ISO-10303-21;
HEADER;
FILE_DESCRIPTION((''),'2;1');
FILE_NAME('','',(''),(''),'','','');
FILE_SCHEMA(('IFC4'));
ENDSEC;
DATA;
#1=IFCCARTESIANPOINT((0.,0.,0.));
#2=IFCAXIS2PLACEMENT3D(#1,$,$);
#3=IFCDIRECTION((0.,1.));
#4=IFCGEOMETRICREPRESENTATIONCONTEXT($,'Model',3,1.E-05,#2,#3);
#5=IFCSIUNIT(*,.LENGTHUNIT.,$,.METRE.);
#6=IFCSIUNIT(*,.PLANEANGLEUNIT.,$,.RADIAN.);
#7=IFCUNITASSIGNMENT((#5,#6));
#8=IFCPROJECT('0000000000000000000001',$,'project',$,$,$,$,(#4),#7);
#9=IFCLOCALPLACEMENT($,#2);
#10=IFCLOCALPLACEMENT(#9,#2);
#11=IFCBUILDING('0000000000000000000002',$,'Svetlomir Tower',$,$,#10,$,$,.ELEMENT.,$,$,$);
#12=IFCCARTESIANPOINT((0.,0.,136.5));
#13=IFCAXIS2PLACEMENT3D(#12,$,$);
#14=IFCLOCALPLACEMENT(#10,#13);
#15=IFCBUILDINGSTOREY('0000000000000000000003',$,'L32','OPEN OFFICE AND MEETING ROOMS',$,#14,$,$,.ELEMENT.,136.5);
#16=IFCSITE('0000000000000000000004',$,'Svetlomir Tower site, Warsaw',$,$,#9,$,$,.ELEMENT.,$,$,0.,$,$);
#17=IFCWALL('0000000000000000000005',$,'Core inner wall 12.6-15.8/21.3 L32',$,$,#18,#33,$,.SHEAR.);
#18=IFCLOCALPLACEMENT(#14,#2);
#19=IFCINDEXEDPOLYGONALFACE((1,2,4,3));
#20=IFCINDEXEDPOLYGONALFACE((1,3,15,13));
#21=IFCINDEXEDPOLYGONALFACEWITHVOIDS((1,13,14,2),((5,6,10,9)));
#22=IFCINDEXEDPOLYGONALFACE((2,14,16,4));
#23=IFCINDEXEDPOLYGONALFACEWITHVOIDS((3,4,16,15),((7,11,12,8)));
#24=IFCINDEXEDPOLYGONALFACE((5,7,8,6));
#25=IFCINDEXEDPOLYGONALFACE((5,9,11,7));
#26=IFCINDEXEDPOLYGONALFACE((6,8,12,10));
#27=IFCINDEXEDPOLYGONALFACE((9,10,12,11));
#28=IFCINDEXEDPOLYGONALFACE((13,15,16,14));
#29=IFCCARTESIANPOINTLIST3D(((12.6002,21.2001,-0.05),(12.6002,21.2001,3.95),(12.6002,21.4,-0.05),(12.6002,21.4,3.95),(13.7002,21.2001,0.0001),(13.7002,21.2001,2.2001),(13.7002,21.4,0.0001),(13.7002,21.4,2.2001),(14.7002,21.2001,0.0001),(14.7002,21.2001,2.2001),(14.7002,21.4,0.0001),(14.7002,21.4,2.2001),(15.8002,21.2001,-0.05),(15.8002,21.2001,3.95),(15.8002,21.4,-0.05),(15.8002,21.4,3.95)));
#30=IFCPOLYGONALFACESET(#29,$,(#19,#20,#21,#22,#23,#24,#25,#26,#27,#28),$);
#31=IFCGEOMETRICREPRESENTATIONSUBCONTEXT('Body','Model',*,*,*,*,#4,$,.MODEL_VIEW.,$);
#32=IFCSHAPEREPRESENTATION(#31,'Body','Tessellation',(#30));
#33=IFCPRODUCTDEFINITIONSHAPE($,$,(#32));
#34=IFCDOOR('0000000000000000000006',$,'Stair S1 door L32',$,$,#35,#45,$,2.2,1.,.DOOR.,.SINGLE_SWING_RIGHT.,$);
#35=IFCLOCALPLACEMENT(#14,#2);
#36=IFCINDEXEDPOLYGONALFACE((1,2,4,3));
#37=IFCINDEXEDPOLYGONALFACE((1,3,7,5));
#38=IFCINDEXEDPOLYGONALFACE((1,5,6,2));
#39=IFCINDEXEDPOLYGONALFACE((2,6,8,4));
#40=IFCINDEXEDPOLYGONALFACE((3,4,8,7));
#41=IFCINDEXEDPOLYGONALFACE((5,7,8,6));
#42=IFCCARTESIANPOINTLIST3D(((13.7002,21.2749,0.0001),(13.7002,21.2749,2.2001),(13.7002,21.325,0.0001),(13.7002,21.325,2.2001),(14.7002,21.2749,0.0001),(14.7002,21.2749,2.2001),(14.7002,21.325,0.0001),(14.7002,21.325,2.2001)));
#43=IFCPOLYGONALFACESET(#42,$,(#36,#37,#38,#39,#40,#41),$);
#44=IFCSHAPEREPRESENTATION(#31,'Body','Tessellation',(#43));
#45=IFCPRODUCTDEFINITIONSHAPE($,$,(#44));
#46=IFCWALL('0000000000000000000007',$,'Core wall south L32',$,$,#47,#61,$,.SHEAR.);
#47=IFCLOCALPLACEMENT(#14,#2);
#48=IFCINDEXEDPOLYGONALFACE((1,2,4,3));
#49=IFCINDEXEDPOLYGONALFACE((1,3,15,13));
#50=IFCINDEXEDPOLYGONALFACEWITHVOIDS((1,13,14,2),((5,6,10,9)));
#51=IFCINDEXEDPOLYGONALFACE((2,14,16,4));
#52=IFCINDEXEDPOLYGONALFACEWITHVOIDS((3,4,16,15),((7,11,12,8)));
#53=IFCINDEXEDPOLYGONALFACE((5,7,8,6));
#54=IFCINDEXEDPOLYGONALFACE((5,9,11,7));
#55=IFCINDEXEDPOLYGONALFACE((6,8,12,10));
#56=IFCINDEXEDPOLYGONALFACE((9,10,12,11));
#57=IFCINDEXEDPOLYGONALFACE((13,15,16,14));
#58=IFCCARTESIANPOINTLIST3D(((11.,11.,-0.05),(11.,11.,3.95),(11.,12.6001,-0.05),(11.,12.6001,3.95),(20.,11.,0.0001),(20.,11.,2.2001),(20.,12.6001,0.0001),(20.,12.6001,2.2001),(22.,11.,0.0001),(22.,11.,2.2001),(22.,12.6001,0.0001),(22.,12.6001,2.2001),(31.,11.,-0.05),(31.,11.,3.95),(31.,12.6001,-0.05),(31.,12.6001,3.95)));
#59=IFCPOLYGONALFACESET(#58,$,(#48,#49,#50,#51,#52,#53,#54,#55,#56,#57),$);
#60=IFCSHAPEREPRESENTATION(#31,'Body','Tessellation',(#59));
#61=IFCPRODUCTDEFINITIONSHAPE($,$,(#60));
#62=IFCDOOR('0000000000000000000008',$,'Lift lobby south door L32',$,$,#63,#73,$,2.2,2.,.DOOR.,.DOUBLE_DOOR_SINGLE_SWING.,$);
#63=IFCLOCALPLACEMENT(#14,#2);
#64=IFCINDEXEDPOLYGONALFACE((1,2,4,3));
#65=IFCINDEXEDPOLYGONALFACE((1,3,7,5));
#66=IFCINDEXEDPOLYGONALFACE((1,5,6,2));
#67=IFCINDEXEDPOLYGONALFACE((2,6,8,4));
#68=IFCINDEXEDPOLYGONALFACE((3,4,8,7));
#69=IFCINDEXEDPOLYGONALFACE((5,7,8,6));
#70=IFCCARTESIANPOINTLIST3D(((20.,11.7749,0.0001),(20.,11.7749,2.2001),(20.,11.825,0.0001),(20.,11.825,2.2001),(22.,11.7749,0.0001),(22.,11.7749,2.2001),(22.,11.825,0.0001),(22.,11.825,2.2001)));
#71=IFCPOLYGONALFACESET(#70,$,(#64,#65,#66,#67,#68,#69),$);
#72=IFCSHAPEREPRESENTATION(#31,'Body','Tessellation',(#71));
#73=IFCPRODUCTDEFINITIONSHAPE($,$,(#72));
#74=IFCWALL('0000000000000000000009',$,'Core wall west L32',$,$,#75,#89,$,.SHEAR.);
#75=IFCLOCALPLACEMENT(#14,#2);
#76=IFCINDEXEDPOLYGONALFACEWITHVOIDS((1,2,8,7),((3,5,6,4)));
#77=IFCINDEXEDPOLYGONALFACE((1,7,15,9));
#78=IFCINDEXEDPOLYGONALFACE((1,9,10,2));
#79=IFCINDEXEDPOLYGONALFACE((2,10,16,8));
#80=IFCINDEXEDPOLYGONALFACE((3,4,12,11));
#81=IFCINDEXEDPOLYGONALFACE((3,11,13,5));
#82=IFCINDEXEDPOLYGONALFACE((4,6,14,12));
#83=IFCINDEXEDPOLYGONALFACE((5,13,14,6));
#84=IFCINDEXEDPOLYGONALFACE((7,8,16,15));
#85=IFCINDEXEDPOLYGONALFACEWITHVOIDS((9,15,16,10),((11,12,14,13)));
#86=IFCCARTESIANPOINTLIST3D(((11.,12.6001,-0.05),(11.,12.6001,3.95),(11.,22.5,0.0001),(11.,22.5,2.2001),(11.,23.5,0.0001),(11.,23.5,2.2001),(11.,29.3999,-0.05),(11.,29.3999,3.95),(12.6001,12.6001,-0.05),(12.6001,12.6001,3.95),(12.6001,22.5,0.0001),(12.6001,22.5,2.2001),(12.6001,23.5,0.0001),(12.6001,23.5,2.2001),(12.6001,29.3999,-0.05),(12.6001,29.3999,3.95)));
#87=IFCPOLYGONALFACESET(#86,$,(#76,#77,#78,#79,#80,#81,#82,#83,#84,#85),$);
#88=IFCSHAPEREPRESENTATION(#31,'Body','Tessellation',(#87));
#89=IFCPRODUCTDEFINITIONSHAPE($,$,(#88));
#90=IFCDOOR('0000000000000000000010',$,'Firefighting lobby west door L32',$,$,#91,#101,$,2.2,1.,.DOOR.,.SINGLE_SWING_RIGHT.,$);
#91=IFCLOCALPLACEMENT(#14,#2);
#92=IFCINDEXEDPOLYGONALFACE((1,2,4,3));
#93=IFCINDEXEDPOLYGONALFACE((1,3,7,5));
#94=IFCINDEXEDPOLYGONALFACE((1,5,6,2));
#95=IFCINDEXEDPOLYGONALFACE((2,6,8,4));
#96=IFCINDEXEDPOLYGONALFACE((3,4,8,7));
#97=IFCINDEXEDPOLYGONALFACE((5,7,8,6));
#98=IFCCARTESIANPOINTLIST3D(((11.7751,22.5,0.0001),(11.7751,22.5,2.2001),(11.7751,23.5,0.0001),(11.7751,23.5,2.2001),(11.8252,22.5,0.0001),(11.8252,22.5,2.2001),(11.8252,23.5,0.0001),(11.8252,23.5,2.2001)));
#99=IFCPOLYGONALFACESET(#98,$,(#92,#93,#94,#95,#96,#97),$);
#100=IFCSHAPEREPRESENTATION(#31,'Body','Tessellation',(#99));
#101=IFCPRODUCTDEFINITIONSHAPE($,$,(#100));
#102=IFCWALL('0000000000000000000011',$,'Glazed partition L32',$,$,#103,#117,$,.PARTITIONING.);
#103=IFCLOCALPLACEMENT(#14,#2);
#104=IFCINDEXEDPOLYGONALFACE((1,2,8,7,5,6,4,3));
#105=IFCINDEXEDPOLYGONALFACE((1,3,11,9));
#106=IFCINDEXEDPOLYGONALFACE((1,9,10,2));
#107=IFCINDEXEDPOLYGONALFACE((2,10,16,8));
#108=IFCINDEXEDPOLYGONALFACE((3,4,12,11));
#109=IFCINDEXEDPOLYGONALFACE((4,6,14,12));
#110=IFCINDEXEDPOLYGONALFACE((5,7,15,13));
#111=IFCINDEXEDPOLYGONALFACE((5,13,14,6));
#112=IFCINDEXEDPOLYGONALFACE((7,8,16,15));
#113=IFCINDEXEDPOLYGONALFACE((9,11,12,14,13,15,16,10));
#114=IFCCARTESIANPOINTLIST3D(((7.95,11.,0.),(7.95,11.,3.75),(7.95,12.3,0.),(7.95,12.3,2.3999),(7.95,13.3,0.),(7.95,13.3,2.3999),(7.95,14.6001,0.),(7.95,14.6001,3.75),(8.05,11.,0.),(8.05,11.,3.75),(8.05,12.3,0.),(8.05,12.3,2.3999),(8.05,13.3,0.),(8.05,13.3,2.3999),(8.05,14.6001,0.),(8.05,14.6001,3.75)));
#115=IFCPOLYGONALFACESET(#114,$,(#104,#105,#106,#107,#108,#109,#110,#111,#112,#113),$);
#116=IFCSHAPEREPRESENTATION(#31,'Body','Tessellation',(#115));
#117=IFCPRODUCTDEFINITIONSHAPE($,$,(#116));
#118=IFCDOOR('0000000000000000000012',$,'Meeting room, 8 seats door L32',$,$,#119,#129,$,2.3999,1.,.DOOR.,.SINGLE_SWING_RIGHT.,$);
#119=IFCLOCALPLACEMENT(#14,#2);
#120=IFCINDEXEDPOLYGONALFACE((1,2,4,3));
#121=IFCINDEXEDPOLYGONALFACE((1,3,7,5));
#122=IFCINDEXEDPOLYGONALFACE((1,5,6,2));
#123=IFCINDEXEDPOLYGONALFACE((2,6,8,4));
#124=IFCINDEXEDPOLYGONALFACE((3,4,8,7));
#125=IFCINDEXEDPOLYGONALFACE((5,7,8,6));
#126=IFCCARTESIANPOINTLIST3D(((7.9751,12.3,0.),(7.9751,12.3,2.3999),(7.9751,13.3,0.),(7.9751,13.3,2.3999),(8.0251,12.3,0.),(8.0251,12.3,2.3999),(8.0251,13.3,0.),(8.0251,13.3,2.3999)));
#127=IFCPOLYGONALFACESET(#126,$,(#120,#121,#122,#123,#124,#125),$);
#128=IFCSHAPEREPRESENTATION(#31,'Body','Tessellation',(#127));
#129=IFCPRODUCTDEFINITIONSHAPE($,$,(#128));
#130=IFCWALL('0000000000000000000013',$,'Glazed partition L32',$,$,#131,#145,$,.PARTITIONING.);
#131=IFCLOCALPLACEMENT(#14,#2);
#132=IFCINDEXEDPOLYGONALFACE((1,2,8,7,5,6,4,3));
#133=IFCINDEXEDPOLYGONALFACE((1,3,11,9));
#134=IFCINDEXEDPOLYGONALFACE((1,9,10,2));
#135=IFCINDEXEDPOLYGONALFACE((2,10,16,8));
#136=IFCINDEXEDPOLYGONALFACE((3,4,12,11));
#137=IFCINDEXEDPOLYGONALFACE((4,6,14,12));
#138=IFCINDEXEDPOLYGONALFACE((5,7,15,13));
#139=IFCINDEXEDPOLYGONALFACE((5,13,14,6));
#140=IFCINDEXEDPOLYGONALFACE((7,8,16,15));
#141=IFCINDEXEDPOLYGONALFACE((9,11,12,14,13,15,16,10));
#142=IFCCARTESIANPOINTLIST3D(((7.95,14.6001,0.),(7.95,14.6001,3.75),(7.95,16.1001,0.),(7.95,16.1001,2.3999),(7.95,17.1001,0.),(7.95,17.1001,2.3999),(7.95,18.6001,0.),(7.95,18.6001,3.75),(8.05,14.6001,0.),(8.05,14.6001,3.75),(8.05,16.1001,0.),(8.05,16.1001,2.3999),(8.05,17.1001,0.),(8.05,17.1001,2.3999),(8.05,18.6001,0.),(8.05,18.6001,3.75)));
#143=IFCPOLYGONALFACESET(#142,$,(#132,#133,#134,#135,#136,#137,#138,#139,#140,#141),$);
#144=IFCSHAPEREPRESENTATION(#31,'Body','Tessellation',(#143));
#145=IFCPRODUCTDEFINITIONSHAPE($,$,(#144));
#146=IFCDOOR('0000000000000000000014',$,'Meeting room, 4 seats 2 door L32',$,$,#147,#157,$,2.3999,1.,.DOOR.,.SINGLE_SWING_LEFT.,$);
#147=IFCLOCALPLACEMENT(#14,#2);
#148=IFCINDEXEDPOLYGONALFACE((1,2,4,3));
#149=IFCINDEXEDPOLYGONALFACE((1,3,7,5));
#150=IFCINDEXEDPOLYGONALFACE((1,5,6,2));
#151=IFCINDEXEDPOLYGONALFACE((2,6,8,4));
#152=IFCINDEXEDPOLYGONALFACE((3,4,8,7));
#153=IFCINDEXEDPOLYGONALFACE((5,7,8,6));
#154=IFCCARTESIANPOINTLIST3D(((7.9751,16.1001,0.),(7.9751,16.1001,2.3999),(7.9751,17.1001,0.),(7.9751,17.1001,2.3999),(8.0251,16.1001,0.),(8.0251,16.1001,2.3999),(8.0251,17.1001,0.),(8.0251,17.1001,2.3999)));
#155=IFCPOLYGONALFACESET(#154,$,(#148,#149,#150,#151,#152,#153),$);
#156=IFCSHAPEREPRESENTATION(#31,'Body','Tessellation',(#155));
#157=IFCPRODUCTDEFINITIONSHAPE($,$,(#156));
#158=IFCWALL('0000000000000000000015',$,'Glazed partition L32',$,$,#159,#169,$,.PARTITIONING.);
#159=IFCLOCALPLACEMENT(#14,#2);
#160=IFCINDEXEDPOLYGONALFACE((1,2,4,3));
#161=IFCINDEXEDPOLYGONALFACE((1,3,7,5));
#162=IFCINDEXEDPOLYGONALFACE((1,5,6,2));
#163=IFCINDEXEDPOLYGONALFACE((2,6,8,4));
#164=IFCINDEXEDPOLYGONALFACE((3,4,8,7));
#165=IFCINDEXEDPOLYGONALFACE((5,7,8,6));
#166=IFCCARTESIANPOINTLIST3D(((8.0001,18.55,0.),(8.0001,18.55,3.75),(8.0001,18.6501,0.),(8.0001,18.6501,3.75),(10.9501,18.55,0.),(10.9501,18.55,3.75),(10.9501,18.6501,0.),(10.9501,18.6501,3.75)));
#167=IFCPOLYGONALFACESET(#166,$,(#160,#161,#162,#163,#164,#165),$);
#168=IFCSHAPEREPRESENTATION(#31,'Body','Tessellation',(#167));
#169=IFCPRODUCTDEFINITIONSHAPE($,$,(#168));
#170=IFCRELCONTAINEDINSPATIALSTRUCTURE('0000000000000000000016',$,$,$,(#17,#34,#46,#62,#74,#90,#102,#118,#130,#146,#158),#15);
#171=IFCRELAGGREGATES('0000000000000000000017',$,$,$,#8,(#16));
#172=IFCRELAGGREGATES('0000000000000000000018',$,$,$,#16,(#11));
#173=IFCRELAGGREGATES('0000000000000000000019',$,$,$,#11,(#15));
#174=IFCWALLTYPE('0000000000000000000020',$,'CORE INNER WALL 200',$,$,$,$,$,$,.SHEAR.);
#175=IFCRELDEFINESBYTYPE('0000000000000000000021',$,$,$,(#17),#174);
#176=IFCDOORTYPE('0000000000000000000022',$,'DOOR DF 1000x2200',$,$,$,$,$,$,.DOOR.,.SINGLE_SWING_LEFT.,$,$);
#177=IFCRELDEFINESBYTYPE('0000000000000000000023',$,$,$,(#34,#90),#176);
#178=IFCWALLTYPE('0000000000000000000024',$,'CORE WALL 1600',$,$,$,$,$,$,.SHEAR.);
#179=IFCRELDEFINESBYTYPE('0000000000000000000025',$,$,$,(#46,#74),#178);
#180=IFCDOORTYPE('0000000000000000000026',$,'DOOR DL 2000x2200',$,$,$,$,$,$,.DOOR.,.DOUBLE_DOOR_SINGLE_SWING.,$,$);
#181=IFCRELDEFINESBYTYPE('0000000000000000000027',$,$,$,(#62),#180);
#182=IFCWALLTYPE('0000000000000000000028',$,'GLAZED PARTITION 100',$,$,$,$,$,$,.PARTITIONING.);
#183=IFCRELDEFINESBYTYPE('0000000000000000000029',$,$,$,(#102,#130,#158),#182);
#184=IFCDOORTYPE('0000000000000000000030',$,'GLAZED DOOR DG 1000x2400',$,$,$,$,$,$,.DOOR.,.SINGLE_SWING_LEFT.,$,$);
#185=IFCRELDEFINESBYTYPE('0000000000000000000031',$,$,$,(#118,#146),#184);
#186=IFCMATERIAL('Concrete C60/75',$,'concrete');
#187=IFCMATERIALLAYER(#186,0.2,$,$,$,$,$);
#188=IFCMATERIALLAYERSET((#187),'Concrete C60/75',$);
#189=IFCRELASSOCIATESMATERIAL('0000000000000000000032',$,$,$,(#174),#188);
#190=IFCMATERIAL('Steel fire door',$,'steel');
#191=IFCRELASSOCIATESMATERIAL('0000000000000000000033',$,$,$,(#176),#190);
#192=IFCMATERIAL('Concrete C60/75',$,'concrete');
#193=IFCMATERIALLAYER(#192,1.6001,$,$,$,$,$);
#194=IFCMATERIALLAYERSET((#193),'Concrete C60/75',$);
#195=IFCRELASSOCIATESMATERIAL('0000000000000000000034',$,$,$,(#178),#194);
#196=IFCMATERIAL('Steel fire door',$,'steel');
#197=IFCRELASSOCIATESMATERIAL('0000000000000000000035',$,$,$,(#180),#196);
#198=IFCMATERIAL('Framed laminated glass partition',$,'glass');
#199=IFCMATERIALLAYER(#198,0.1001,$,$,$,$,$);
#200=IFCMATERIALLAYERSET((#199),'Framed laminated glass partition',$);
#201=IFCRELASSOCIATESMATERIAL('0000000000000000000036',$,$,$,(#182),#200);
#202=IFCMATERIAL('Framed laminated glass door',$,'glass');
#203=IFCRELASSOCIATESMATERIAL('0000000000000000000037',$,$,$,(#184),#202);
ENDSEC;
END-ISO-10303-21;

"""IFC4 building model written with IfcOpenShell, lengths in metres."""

from ifc_helpers import new_model, si_unit, direction, frame, frame_2d, origin, place, context, subcontext, project, spatial, rectangle, extrude, material, layer, layer_set, type_object, element, fill, save


model = new_model("IFC4")

# Units and contexts
model_context = context("Model", 3, precision=1e-05, world=origin(), true_north=direction((0.0, 1.0)))
body_context = subcontext(model_context, "Body", "Model", "MODEL_VIEW")
ifc_project = project(units=[si_unit("LENGTHUNIT", "METRE"), si_unit("PLANEANGLEUNIT", "RADIAN")], contexts=[model_context])

# Site, building, storey
site_placement = place(None, origin())
site = spatial("IfcSite", under=ifc_project, at=site_placement, Name="Svetlomir Tower site, Warsaw", CompositionType="ELEMENT", RefElevation=0.0)
building_placement = place(site_placement, origin())
building = spatial("IfcBuilding", under=site, at=building_placement, Name="Svetlomir Tower", CompositionType="ELEMENT")
storey_placement = place(building_placement, frame((0.0, 0.0, 136.5)))
storey = spatial("IfcBuildingStorey", under=building, at=storey_placement, Name="L32", Description="OPEN OFFICE AND MEETING ROOMS", CompositionType="ELEMENT", Elevation=136.5)

# Walls, openings, doors
ifc_material_1 = material(Name="Concrete C60/75", Category="concrete")
ifc_layer_1 = layer(ifc_material_1, 0.2)
ifc_layer_set_1 = layer_set([ifc_layer_1], Name="Concrete C60/75")
wall_type_1 = type_object("IfcWallType", Name="CORE INNER WALL 200", PredefinedType="SHEAR", material=ifc_layer_set_1)
wall_1_placement = place(storey_placement, frame((12.6001, 21.3, -0.05), z_axis=(0.0, 0.0, 1.0), x_axis=(1.0, 0.0, 0.0)))
wall_1 = element("IfcWall", 1, at=wall_1_placement, inside=storey, type_object=wall_type_1, Name="Core inner wall 12.6-15.8/21.3 L32", PredefinedType="SHEAR", context=body_context, shape_type="SweptSolid", body=[
    extrude(rectangle(XDim=3.2, YDim=0.2, at=frame_2d((1.6001, 0.0))), origin(), (0.0, 0.0, 1.0), 4.0),
])
opening_1_placement = place(wall_1_placement, frame((1.1001, 0.0, 0.05)))
opening_1 = element("IfcOpeningElement", 2, at=opening_1_placement, cuts=wall_1, PredefinedType="OPENING", context=body_context, shape_type="SweptSolid", body=[
    extrude(rectangle(XDim=1.0, YDim=2.2, at=frame_2d((0.5, 1.1001))), frame((0.0, 0.1099, 0.0), z_axis=(0.0, -1.0, 0.0), x_axis=(1.0, 0.0, 0.0)), (0.0, 0.0, 1.0), 0.22),
])
ifc_material_2 = material(Name="Steel fire door", Category="steel")
door_type_1 = type_object("IfcDoorType", Name="DOOR DF 1000x2200", OperationType="SINGLE_SWING_LEFT", PredefinedType="DOOR", material=ifc_material_2)
door_1_placement = place(opening_1_placement, origin())
door_1 = element("IfcDoor", 3, at=door_1_placement, inside=storey, type_object=door_type_1, Name="Stair S1 door L32", OperationType="SINGLE_SWING_RIGHT", OverallHeight=2.2, OverallWidth=1.0, PredefinedType="DOOR", context=body_context, shape_type="SweptSolid", body=[
    extrude(rectangle(XDim=1.0, YDim=2.2, at=frame_2d((0.5, 1.1001))), frame((0.0, 0.0249, 0.0), z_axis=(0.0, -1.0, 0.0), x_axis=(1.0, 0.0, 0.0)), (0.0, 0.0, 1.0), 0.05),
])
fill(opening_1, door_1)
ifc_material_3 = material(Name="Concrete C60/75", Category="concrete")
ifc_layer_2 = layer(ifc_material_3, 1.6001)
ifc_layer_set_2 = layer_set([ifc_layer_2], Name="Concrete C60/75")
wall_type_2 = type_object("IfcWallType", Name="CORE WALL 1600", PredefinedType="SHEAR", material=ifc_layer_set_2)
wall_2_placement = place(storey_placement, frame((11.0, 11.8, -0.05), z_axis=(0.0, 0.0, 1.0), x_axis=(1.0, 0.0, 0.0)))
wall_2 = element("IfcWall", 4, at=wall_2_placement, inside=storey, type_object=wall_type_2, Name="Core wall south L32", PredefinedType="SHEAR", context=body_context, shape_type="SweptSolid", body=[
    extrude(rectangle(XDim=20.0, YDim=1.6001, at=frame_2d((10.0, 0.0))), origin(), (0.0, 0.0, 1.0), 4.0),
])
opening_2_placement = place(wall_2_placement, frame((9.0, 0.0, 0.05)))
opening_2 = element("IfcOpeningElement", 5, at=opening_2_placement, cuts=wall_2, PredefinedType="OPENING", context=body_context, shape_type="SweptSolid", body=[
    extrude(rectangle(XDim=2.0, YDim=2.2, at=frame_2d((1.0, 1.1001))), frame((0.0, 0.8101, 0.0), z_axis=(0.0, -1.0, 0.0), x_axis=(1.0, 0.0, 0.0)), (0.0, 0.0, 1.0), 1.6201),
])
ifc_material_4 = material(Name="Steel fire door", Category="steel")
door_type_2 = type_object("IfcDoorType", Name="DOOR DL 2000x2200", OperationType="DOUBLE_DOOR_SINGLE_SWING", PredefinedType="DOOR", material=ifc_material_4)
door_2_placement = place(opening_2_placement, origin())
door_2 = element("IfcDoor", 6, at=door_2_placement, inside=storey, type_object=door_type_2, Name="Lift lobby south door L32", OperationType="DOUBLE_DOOR_SINGLE_SWING", OverallHeight=2.2, OverallWidth=2.0, PredefinedType="DOOR", context=body_context, shape_type="SweptSolid", body=[
    extrude(rectangle(XDim=2.0, YDim=2.2, at=frame_2d((1.0, 1.1001))), frame((0.0, 0.0249, 0.0), z_axis=(0.0, -1.0, 0.0), x_axis=(1.0, 0.0, 0.0)), (0.0, 0.0, 1.0), 0.05),
])
fill(opening_2, door_2)
wall_3_placement = place(storey_placement, frame((11.8, 12.6001, -0.05), z_axis=(0.0, 0.0, 1.0), x_axis=(0.0, 1.0, 0.0)))
wall_3 = element("IfcWall", 7, at=wall_3_placement, inside=storey, type_object=wall_type_2, Name="Core wall west L32", PredefinedType="SHEAR", context=body_context, shape_type="SweptSolid", body=[
    extrude(rectangle(XDim=16.7998, YDim=1.6001, at=frame_2d((8.3999, 0.0))), origin(), (0.0, 0.0, 1.0), 4.0),
])
opening_3_placement = place(wall_3_placement, frame((9.8999, 0.0, 0.05)))
opening_3 = element("IfcOpeningElement", 8, at=opening_3_placement, cuts=wall_3, PredefinedType="OPENING", context=body_context, shape_type="SweptSolid", body=[
    extrude(rectangle(XDim=1.0, YDim=2.2, at=frame_2d((0.5, 1.1001))), frame((0.0, 0.8101, 0.0), z_axis=(0.0, -1.0, 0.0), x_axis=(1.0, 0.0, 0.0)), (0.0, 0.0, 1.0), 1.6201),
])
door_3_placement = place(opening_3_placement, origin())
door_3 = element("IfcDoor", 9, at=door_3_placement, inside=storey, type_object=door_type_1, Name="Firefighting lobby west door L32", OperationType="SINGLE_SWING_RIGHT", OverallHeight=2.2, OverallWidth=1.0, PredefinedType="DOOR", context=body_context, shape_type="SweptSolid", body=[
    extrude(rectangle(XDim=1.0, YDim=2.2, at=frame_2d((0.5, 1.1001))), frame((0.0, 0.0249, 0.0), z_axis=(0.0, -1.0, 0.0), x_axis=(1.0, 0.0, 0.0)), (0.0, 0.0, 1.0), 0.05),
])
fill(opening_3, door_3)
ifc_material_5 = material(Name="Framed laminated glass partition", Category="glass")
ifc_layer_3 = layer(ifc_material_5, 0.1001)
ifc_layer_set_3 = layer_set([ifc_layer_3], Name="Framed laminated glass partition")
wall_type_3 = type_object("IfcWallType", Name="GLAZED PARTITION 100", PredefinedType="PARTITIONING", material=ifc_layer_set_3)
wall_4_placement = place(storey_placement, frame((8.0, 11.0, 0.0), z_axis=(0.0, 0.0, 1.0), x_axis=(0.0, 1.0, 0.0)))
wall_4 = element("IfcWall", 10, at=wall_4_placement, inside=storey, type_object=wall_type_3, Name="Glazed partition L32", PredefinedType="PARTITIONING", context=body_context, shape_type="SweptSolid", body=[
    extrude(rectangle(XDim=3.6001, YDim=0.1001, at=frame_2d((1.8, 0.0))), origin(), (0.0, 0.0, 1.0), 3.75),
])
opening_4_placement = place(wall_4_placement, frame((1.3, 0.0, 0.0)))
opening_4 = element("IfcOpeningElement", 11, at=opening_4_placement, cuts=wall_4, PredefinedType="OPENING", context=body_context, shape_type="SweptSolid", body=[
    extrude(rectangle(XDim=1.0, YDim=2.3999, at=frame_2d((0.5, 1.2))), frame((0.0, 0.0601, 0.0), z_axis=(0.0, -1.0, 0.0), x_axis=(1.0, 0.0, 0.0)), (0.0, 0.0, 1.0), 0.1201),
])
ifc_material_6 = material(Name="Framed laminated glass door", Category="glass")
door_type_3 = type_object("IfcDoorType", Name="GLAZED DOOR DG 1000x2400", OperationType="SINGLE_SWING_LEFT", PredefinedType="DOOR", material=ifc_material_6)
door_4_placement = place(opening_4_placement, origin())
door_4 = element("IfcDoor", 12, at=door_4_placement, inside=storey, type_object=door_type_3, Name="Meeting room, 8 seats door L32", OperationType="SINGLE_SWING_RIGHT", OverallHeight=2.3999, OverallWidth=1.0, PredefinedType="DOOR", context=body_context, shape_type="SweptSolid", body=[
    extrude(rectangle(XDim=1.0, YDim=2.3999, at=frame_2d((0.5, 1.2))), frame((0.0, 0.0249, 0.0), z_axis=(0.0, -1.0, 0.0), x_axis=(1.0, 0.0, 0.0)), (0.0, 0.0, 1.0), 0.05),
])
fill(opening_4, door_4)
wall_5_placement = place(storey_placement, frame((8.0, 14.6001, 0.0), z_axis=(0.0, 0.0, 1.0), x_axis=(0.0, 1.0, 0.0)))
wall_5 = element("IfcWall", 13, at=wall_5_placement, inside=storey, type_object=wall_type_3, Name="Glazed partition L32", PredefinedType="PARTITIONING", context=body_context, shape_type="SweptSolid", body=[
    extrude(rectangle(XDim=4.0, YDim=0.1001, at=frame_2d((2.0, 0.0))), origin(), (0.0, 0.0, 1.0), 3.75),
])
opening_5_placement = place(wall_5_placement, frame((1.5, 0.0, 0.0)))
opening_5 = element("IfcOpeningElement", 14, at=opening_5_placement, cuts=wall_5, PredefinedType="OPENING", context=body_context, shape_type="SweptSolid", body=[
    extrude(rectangle(XDim=1.0, YDim=2.3999, at=frame_2d((0.5, 1.2))), frame((0.0, 0.0601, 0.0), z_axis=(0.0, -1.0, 0.0), x_axis=(1.0, 0.0, 0.0)), (0.0, 0.0, 1.0), 0.1201),
])
door_5_placement = place(opening_5_placement, origin())
door_5 = element("IfcDoor", 15, at=door_5_placement, inside=storey, type_object=door_type_3, Name="Meeting room, 4 seats 2 door L32", OperationType="SINGLE_SWING_LEFT", OverallHeight=2.3999, OverallWidth=1.0, PredefinedType="DOOR", context=body_context, shape_type="SweptSolid", body=[
    extrude(rectangle(XDim=1.0, YDim=2.3999, at=frame_2d((0.5, 1.2))), frame((0.0, 0.0249, 0.0), z_axis=(0.0, -1.0, 0.0), x_axis=(1.0, 0.0, 0.0)), (0.0, 0.0, 1.0), 0.05),
])
fill(opening_5, door_5)

# Wall
wall_6_placement = place(storey_placement, frame((8.0, 18.6001, 0.0), z_axis=(0.0, 0.0, 1.0), x_axis=(1.0, 0.0, 0.0)))
element("IfcWall", 16, at=wall_6_placement, inside=storey, type_object=wall_type_3, Name="Glazed partition L32", PredefinedType="PARTITIONING", context=body_context, shape_type="SweptSolid", body=[
    extrude(rectangle(XDim=2.95, YDim=0.1001, at=frame_2d((1.4751, 0.0))), origin(), (0.0, 0.0, 1.0), 3.75),
])

save(model, "model.ifc")
